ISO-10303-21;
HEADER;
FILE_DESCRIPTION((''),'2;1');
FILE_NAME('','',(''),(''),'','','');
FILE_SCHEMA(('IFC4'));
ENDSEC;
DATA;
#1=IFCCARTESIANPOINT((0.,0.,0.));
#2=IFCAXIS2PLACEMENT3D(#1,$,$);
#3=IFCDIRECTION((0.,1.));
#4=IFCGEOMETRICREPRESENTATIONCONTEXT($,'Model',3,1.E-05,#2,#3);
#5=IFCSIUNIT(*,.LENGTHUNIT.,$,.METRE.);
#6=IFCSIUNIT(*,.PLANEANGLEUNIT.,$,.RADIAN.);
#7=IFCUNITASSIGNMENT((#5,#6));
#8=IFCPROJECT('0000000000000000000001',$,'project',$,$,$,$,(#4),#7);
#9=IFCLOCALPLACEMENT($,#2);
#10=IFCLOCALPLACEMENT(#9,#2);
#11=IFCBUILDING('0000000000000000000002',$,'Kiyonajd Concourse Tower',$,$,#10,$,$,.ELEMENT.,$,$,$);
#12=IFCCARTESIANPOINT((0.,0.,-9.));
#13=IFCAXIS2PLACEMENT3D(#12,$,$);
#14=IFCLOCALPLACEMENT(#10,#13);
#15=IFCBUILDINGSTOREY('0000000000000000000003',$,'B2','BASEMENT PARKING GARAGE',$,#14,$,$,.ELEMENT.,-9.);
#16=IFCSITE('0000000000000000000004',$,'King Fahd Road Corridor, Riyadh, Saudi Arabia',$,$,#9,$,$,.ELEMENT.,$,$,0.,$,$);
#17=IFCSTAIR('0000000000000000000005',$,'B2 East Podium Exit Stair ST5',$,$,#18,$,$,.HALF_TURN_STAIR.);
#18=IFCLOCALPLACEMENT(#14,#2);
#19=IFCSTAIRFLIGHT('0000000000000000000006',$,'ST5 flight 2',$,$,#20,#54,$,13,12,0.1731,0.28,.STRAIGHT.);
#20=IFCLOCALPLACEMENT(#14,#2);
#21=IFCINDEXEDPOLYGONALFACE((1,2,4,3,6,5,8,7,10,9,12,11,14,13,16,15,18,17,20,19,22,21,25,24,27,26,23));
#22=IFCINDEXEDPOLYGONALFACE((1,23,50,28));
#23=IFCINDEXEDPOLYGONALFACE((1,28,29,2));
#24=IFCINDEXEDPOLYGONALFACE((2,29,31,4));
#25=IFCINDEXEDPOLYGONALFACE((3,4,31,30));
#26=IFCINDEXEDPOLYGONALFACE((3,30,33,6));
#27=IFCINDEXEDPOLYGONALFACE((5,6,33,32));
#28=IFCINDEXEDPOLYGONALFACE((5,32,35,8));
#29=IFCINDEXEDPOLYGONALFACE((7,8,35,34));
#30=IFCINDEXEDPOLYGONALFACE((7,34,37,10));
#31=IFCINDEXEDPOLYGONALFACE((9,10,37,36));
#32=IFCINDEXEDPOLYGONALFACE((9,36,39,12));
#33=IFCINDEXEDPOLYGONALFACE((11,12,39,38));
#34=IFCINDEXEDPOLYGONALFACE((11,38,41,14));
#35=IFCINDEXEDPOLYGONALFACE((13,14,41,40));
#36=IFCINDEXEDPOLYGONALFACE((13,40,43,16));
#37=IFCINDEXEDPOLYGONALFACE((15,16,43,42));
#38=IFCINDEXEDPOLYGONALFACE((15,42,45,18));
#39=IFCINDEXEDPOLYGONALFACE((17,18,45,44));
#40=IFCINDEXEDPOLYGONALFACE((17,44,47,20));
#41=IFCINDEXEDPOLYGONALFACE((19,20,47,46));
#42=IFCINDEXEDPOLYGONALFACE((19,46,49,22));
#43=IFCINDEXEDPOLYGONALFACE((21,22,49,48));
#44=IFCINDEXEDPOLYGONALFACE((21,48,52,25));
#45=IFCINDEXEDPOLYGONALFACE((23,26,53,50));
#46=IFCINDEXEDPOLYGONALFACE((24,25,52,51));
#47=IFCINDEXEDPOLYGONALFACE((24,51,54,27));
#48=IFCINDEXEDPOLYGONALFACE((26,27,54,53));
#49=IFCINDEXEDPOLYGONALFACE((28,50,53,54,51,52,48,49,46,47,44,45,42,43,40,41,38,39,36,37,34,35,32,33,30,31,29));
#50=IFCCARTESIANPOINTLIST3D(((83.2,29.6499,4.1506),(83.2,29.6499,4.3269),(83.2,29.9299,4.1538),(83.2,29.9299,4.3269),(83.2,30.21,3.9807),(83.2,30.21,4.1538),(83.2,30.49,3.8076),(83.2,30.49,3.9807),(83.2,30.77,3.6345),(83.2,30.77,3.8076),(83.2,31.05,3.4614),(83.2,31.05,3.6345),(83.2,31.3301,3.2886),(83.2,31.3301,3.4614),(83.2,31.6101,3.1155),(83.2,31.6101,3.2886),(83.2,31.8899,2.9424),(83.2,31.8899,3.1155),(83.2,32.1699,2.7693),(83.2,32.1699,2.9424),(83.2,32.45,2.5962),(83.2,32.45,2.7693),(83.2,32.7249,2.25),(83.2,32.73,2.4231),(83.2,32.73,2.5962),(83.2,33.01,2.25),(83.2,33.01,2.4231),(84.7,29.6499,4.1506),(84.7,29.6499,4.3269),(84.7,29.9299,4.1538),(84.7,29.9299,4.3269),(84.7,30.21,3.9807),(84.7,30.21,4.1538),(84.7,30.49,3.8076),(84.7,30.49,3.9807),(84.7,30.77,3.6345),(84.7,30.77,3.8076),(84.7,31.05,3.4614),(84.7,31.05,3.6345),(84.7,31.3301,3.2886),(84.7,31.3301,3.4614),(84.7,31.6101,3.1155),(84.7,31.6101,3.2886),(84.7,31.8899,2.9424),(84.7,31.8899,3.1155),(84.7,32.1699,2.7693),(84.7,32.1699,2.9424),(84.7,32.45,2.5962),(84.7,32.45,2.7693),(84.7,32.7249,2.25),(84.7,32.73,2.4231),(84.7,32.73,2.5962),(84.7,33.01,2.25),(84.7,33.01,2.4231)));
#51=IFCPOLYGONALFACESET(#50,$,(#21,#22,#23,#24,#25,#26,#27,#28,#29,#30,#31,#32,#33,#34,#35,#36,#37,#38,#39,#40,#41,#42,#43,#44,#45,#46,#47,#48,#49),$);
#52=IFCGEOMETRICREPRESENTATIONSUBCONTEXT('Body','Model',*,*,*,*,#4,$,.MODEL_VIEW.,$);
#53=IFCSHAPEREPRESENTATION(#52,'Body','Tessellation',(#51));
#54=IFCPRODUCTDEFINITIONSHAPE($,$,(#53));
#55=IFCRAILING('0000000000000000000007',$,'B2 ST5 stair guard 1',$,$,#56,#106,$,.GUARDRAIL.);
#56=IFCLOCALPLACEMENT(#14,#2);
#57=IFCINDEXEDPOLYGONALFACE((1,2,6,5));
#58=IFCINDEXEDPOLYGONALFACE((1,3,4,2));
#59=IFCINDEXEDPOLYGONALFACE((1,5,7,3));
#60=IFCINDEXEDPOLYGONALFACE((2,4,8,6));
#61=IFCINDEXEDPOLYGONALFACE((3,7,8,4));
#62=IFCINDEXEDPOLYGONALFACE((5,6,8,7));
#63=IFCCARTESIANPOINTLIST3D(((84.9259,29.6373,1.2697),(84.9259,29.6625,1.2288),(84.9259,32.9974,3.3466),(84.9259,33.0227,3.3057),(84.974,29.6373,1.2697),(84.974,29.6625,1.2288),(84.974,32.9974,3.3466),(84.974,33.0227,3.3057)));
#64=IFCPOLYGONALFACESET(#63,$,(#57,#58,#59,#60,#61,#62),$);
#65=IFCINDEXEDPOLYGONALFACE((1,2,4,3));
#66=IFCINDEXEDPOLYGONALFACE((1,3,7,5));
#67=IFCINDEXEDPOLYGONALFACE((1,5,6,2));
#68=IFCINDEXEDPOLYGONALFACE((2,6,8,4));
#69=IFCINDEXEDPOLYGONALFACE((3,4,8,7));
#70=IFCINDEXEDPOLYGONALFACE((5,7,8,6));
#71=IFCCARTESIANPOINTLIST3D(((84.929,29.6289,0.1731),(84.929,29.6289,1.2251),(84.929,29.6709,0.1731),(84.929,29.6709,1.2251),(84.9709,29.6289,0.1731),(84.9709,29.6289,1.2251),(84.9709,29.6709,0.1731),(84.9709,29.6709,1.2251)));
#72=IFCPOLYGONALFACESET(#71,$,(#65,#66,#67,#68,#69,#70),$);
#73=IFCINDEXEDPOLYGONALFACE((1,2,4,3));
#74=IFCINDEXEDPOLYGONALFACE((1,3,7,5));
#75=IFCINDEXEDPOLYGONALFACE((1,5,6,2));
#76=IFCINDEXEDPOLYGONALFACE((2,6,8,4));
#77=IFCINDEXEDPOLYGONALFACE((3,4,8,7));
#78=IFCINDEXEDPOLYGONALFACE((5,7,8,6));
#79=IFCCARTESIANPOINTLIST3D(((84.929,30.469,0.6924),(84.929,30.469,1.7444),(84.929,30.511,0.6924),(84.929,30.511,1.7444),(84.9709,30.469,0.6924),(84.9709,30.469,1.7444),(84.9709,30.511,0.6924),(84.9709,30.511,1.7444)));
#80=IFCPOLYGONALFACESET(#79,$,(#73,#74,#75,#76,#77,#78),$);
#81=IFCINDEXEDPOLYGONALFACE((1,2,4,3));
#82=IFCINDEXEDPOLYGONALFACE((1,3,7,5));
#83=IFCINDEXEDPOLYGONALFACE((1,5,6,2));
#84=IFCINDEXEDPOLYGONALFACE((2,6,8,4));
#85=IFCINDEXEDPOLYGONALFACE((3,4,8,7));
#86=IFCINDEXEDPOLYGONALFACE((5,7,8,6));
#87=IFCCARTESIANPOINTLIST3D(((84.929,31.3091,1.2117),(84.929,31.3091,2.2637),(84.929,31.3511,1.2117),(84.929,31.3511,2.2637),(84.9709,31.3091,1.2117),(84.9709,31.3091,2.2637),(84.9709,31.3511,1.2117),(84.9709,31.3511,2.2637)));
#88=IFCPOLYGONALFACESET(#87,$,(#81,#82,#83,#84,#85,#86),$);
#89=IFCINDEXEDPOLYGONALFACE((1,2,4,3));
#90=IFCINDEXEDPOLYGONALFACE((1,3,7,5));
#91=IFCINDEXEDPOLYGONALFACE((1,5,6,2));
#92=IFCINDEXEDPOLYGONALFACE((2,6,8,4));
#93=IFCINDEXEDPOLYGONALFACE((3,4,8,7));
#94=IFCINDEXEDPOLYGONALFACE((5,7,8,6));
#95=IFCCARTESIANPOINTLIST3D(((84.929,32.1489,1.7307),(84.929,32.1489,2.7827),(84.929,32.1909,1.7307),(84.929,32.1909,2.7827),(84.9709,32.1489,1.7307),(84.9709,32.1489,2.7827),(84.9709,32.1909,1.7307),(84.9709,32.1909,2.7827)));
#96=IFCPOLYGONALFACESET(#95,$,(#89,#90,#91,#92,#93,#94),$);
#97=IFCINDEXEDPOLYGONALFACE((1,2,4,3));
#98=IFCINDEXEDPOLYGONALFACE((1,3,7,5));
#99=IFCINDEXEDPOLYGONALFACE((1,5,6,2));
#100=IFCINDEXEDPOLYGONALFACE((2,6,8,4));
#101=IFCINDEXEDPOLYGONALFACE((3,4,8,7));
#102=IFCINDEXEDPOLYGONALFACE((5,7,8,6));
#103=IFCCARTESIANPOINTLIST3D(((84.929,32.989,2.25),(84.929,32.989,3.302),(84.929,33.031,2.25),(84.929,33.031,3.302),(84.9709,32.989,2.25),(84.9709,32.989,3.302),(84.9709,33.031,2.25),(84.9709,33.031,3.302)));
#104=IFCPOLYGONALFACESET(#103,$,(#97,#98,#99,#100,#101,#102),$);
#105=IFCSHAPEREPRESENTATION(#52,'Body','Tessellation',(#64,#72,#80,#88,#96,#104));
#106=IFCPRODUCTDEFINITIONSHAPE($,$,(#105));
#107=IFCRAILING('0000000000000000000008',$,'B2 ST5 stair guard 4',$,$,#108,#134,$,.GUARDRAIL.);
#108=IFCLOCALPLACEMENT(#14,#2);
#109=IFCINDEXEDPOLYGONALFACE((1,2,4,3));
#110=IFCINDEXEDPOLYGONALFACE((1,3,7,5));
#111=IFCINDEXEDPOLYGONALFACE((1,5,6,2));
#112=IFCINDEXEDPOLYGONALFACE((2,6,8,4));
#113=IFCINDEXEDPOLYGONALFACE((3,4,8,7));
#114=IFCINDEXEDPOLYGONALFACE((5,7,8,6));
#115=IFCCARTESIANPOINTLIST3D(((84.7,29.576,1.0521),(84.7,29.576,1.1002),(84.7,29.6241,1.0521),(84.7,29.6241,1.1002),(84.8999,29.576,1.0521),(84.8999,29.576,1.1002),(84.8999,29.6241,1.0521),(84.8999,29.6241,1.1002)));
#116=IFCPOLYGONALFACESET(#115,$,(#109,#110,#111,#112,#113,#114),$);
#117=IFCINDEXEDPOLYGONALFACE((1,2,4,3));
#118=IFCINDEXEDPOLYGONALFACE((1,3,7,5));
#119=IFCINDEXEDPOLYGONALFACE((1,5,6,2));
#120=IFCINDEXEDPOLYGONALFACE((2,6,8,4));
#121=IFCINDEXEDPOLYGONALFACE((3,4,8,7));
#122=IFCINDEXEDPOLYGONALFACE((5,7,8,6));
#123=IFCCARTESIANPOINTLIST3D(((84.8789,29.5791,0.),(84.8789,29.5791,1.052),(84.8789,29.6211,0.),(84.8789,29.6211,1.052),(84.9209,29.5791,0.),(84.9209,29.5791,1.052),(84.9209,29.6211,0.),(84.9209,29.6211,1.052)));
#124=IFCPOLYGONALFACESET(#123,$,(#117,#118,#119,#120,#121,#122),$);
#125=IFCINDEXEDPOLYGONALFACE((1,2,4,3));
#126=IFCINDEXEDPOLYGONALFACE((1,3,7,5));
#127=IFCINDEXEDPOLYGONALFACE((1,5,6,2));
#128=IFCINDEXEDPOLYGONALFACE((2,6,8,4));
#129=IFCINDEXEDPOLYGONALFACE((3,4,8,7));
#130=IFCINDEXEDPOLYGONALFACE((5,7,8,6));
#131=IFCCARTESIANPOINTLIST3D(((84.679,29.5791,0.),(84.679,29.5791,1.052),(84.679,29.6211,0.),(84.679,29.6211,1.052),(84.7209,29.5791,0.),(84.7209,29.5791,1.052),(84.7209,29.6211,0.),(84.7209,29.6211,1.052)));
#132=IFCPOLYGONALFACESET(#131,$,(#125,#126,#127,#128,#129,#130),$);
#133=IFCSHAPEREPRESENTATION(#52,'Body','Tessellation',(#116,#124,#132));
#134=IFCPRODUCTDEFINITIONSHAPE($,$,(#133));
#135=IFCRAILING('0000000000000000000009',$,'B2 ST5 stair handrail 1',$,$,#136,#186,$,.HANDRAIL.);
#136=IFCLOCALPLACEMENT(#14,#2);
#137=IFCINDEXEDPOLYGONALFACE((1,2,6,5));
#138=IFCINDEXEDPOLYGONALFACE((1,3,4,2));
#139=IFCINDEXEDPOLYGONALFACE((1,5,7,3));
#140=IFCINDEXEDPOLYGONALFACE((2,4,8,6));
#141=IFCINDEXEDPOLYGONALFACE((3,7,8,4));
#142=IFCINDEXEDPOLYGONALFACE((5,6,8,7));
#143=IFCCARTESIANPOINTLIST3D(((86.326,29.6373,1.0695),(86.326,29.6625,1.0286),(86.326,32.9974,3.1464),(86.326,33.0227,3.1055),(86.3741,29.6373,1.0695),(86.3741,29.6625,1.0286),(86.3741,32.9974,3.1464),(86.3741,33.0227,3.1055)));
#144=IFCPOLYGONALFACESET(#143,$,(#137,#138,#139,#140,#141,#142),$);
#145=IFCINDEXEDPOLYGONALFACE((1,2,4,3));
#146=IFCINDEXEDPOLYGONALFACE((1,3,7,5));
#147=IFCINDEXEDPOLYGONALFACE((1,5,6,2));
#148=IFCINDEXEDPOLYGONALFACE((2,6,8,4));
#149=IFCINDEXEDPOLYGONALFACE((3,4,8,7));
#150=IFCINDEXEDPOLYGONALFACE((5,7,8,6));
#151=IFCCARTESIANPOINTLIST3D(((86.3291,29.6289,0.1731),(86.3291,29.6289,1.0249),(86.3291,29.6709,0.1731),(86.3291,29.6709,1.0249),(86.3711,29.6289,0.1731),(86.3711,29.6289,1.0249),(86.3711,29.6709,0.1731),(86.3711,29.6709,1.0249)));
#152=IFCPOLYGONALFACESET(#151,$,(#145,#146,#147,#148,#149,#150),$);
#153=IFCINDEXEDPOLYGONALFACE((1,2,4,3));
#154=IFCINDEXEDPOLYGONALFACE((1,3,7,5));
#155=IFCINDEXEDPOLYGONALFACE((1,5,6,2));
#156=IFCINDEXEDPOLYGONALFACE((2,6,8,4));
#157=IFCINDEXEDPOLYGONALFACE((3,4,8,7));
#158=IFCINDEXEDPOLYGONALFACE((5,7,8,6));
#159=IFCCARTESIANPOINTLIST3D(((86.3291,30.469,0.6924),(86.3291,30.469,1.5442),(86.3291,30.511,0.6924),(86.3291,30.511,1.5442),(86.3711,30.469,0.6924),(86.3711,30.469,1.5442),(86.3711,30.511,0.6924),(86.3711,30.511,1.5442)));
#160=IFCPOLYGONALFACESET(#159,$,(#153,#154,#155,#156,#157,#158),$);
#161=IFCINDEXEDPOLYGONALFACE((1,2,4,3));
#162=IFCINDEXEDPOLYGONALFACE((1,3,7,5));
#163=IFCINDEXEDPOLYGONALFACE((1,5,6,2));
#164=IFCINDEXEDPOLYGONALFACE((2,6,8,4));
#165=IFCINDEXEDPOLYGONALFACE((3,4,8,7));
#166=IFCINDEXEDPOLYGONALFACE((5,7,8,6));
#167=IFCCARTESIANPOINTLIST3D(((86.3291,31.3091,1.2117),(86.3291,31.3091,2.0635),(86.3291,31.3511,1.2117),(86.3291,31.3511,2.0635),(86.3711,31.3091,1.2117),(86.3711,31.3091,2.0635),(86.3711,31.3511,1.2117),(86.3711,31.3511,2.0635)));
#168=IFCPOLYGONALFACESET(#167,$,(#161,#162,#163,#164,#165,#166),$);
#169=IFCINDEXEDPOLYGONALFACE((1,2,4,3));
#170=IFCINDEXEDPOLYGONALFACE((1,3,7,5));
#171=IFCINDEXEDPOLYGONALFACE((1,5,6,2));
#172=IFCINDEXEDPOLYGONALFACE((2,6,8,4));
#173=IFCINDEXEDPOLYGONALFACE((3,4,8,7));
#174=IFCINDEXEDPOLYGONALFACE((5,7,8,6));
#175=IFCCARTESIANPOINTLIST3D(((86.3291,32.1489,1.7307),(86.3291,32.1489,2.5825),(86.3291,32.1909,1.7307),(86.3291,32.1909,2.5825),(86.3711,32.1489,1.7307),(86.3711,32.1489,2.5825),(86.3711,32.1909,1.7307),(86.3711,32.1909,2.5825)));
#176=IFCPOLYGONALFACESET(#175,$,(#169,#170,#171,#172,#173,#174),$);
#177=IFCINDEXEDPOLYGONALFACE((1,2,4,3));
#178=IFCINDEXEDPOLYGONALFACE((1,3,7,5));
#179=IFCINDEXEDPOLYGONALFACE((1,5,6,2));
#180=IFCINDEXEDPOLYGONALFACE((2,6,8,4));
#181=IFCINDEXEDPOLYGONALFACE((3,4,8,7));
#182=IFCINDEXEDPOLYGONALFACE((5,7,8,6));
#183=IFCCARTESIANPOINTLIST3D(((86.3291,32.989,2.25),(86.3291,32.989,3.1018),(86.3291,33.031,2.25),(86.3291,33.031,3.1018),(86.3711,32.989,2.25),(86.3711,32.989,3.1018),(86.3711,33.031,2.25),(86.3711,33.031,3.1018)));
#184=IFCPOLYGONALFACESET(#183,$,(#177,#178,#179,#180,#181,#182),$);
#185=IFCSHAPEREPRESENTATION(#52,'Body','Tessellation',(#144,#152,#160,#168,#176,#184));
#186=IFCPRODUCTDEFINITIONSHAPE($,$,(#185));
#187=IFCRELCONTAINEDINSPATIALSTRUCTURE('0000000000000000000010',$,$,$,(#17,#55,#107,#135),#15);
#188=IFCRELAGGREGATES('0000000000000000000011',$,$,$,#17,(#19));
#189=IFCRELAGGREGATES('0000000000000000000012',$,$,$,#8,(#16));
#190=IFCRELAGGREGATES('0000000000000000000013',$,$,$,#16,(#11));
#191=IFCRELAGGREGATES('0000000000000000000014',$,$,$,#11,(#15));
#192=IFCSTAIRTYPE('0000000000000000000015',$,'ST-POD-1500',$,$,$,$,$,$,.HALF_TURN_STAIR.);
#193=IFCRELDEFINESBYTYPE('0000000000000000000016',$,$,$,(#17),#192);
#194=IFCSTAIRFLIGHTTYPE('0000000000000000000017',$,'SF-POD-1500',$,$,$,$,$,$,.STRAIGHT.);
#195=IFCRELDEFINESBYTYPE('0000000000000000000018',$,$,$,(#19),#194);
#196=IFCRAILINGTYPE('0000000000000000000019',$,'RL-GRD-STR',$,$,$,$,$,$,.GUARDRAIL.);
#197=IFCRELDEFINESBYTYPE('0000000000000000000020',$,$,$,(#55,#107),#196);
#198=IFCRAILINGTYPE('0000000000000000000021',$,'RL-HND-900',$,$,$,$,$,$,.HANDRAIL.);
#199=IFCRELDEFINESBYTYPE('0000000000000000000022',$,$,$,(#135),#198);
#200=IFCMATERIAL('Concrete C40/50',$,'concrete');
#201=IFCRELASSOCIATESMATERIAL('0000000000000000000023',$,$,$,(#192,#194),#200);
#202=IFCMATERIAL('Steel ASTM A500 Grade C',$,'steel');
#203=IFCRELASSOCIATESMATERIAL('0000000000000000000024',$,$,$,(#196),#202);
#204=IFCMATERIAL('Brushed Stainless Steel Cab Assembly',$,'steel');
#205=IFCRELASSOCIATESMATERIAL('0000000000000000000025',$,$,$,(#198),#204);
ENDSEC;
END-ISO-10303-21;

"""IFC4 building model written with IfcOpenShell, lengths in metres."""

from ifc_helpers import new_model, si_unit, direction, frame, origin, origin_2d, place, context, subcontext, project, spatial, polyline, rectangle, outline, extrude, material, type_object, element, aggregate, save


model = new_model("IFC4")

# Units and contexts
model_context = context("Model", 3, precision=1e-05, world=origin(), true_north=direction((0.0, 1.0)))
body_context = subcontext(model_context, "Body", "Model", "MODEL_VIEW")
ifc_project = project(units=[si_unit("LENGTHUNIT", "METRE"), si_unit("PLANEANGLEUNIT", "RADIAN")], contexts=[model_context])

# Site, building, storey
site_placement = place(None, origin())
site = spatial("IfcSite", under=ifc_project, at=site_placement, Name="King Fahd Road Corridor, Riyadh, Saudi Arabia", CompositionType="ELEMENT", RefElevation=0.0)
building_placement = place(site_placement, origin())
building = spatial("IfcBuilding", under=site, at=building_placement, Name="Kiyonajd Concourse Tower", CompositionType="ELEMENT")
storey_placement = place(building_placement, frame((0.0, 0.0, -9.0)))
storey = spatial("IfcBuildingStorey", under=building, at=storey_placement, Name="B2", Description="BASEMENT PARKING GARAGE", CompositionType="ELEMENT", Elevation=-9.0)

# Stair, stair flight
ifc_material_1 = material(Name="Concrete C40/50", Category="concrete")
stair_type = type_object("IfcStairType", Name="ST-POD-1500", PredefinedType="HALF_TURN_STAIR", material=ifc_material_1)
stair_placement = place(storey_placement, origin())
stair = element("IfcStair", 1, at=stair_placement, inside=storey, type_object=stair_type, Name="B2 East Podium Exit Stair ST5", PredefinedType="HALF_TURN_STAIR")
stair_flight_type = type_object("IfcStairFlightType", Name="SF-POD-1500", PredefinedType="STRAIGHT", material=ifc_material_1)
stair_flight_1_placement = place(storey_placement, frame((83.95, 33.01, 2.25), z_axis=(0.0, 0.0, 1.0), x_axis=(0.0, -1.0, 0.0)))
stair_flight_1 = element("IfcStairFlight", 2, at=stair_flight_1_placement, type_object=stair_flight_type, Name="ST5 flight 2", NumberOfRisers=13, NumberOfTreads=12, PredefinedType="STRAIGHT", RiserHeight=0.1731, TreadLength=0.28, context=body_context, shape_type="SweptSolid", body=[
    extrude(outline(polyline([(0.0, 0.0), (0.0, 0.1731), (0.28, 0.1731), (0.28, 0.3462), (0.5601, 0.3462), (0.5601, 0.5193), (0.8401, 0.5193), (0.8401, 0.6924), (1.1201, 0.6924), (1.1201, 0.8655), (1.3999, 0.8655), (1.3999, 1.0386), (1.6799, 1.0386), (1.6799, 1.2114), (1.96, 1.2114), (1.96, 1.3845), (2.24, 1.3845), (2.24, 1.5576), (2.52, 1.5576), (2.52, 1.7307), (2.8, 1.7307), (2.8, 1.9038), (3.0801, 1.9038), (3.0801, 2.0769), (3.3601, 2.0769), (3.3601, 2.25), (3.3601, 1.9006), (0.2852, 0.0), (0.0, 0.0)])), frame((0.0, 0.75, 0.0), z_axis=(0.0, -1.0, 0.0), x_axis=(1.0, 0.0, 0.0)), (0.0, 0.0, 1.0), 1.5),
])
aggregate(stair, [stair_flight_1])

# Railings
ifc_material_2 = material(Name="Steel ASTM A500 Grade C", Category="steel")
railing_type_1 = type_object("IfcRailingType", Name="RL-GRD-STR", PredefinedType="GUARDRAIL", material=ifc_material_2)
railing_1_placement = place(storey_placement, frame((84.95, 29.6499, 0.1731)))
element("IfcRailing", 3, at=railing_1_placement, inside=storey, type_object=railing_type_1, Name="B2 ST5 stair guard 1", PredefinedType="GUARDRAIL", context=body_context, shape_type="SweptSolid", body=[
    extrude(rectangle(XDim=0.0481, YDim=0.0481, at=origin_2d()), frame((0.0, 0.0, 1.0762), z_axis=(0.0, 0.850623, 0.525776), x_axis=(-1.0, 0.0, 0.0)), (0.0, 0.0, 1.0), 3.9502),
    extrude(rectangle(XDim=0.042, YDim=0.042, at=origin_2d()), origin(), (0.0, 0.0, 1.0), 1.052),
    extrude(rectangle(XDim=0.042, YDim=0.042, at=origin_2d()), frame((0.0, 0.8401, 0.5193)), (0.0, 0.0, 1.0), 1.052),
    extrude(rectangle(XDim=0.042, YDim=0.042, at=origin_2d()), frame((0.0, 1.6802, 1.0386)), (0.0, 0.0, 1.0), 1.052),
    extrude(rectangle(XDim=0.042, YDim=0.042, at=origin_2d()), frame((0.0, 2.52, 1.5576)), (0.0, 0.0, 1.0), 1.052),
    extrude(rectangle(XDim=0.042, YDim=0.042, at=origin_2d()), frame((0.0, 3.3601, 2.0769)), (0.0, 0.0, 1.0), 1.052),
])
railing_2_placement = place(storey_placement, frame((84.8999, 29.6001, 0.0)))
element("IfcRailing", 4, at=railing_2_placement, inside=storey, type_object=railing_type_1, Name="B2 ST5 stair guard 4", PredefinedType="GUARDRAIL", context=body_context, shape_type="SweptSolid", body=[
    extrude(rectangle(XDim=0.0481, YDim=0.0481, at=origin_2d()), frame((0.0, 0.0, 1.0762), z_axis=(-1.0, 0.0, 0.0), x_axis=(0.0, -1.0, 0.0)), (0.0, 0.0, 1.0), 0.2),
    extrude(rectangle(XDim=0.042, YDim=0.042, at=origin_2d()), origin(), (0.0, 0.0, 1.0), 1.052),
    extrude(rectangle(XDim=0.042, YDim=0.042, at=origin_2d()), frame((-0.2, 0.0, 0.0)), (0.0, 0.0, 1.0), 1.052),
])
ifc_material_3 = material(Name="Brushed Stainless Steel Cab Assembly", Category="steel")
railing_type_2 = type_object("IfcRailingType", Name="RL-HND-900", PredefinedType="HANDRAIL", material=ifc_material_3)
railing_3_placement = place(storey_placement, frame((86.3501, 29.6499, 0.1731)))
element("IfcRailing", 5, at=railing_3_placement, inside=storey, type_object=railing_type_2, Name="B2 ST5 stair handrail 1", PredefinedType="HANDRAIL", context=body_context, shape_type="SweptSolid", body=[
    extrude(rectangle(XDim=0.0481, YDim=0.0481, at=origin_2d()), frame((0.0, 0.0, 0.876), z_axis=(0.0, 0.850623, 0.525776), x_axis=(-1.0, 0.0, 0.0)), (0.0, 0.0, 1.0), 3.9502),
    extrude(rectangle(XDim=0.042, YDim=0.042, at=origin_2d()), origin(), (0.0, 0.0, 1.0), 0.8518),
    extrude(rectangle(XDim=0.042, YDim=0.042, at=origin_2d()), frame((0.0, 0.8401, 0.5193)), (0.0, 0.0, 1.0), 0.8518),
    extrude(rectangle(XDim=0.042, YDim=0.042, at=origin_2d()), frame((0.0, 1.6802, 1.0386)), (0.0, 0.0, 1.0), 0.8518),
    extrude(rectangle(XDim=0.042, YDim=0.042, at=origin_2d()), frame((0.0, 2.52, 1.5576)), (0.0, 0.0, 1.0), 0.8518),
    extrude(rectangle(XDim=0.042, YDim=0.042, at=origin_2d()), frame((0.0, 3.3601, 2.0769)), (0.0, 0.0, 1.0), 0.8518),
])

save(model, "model.ifc")
